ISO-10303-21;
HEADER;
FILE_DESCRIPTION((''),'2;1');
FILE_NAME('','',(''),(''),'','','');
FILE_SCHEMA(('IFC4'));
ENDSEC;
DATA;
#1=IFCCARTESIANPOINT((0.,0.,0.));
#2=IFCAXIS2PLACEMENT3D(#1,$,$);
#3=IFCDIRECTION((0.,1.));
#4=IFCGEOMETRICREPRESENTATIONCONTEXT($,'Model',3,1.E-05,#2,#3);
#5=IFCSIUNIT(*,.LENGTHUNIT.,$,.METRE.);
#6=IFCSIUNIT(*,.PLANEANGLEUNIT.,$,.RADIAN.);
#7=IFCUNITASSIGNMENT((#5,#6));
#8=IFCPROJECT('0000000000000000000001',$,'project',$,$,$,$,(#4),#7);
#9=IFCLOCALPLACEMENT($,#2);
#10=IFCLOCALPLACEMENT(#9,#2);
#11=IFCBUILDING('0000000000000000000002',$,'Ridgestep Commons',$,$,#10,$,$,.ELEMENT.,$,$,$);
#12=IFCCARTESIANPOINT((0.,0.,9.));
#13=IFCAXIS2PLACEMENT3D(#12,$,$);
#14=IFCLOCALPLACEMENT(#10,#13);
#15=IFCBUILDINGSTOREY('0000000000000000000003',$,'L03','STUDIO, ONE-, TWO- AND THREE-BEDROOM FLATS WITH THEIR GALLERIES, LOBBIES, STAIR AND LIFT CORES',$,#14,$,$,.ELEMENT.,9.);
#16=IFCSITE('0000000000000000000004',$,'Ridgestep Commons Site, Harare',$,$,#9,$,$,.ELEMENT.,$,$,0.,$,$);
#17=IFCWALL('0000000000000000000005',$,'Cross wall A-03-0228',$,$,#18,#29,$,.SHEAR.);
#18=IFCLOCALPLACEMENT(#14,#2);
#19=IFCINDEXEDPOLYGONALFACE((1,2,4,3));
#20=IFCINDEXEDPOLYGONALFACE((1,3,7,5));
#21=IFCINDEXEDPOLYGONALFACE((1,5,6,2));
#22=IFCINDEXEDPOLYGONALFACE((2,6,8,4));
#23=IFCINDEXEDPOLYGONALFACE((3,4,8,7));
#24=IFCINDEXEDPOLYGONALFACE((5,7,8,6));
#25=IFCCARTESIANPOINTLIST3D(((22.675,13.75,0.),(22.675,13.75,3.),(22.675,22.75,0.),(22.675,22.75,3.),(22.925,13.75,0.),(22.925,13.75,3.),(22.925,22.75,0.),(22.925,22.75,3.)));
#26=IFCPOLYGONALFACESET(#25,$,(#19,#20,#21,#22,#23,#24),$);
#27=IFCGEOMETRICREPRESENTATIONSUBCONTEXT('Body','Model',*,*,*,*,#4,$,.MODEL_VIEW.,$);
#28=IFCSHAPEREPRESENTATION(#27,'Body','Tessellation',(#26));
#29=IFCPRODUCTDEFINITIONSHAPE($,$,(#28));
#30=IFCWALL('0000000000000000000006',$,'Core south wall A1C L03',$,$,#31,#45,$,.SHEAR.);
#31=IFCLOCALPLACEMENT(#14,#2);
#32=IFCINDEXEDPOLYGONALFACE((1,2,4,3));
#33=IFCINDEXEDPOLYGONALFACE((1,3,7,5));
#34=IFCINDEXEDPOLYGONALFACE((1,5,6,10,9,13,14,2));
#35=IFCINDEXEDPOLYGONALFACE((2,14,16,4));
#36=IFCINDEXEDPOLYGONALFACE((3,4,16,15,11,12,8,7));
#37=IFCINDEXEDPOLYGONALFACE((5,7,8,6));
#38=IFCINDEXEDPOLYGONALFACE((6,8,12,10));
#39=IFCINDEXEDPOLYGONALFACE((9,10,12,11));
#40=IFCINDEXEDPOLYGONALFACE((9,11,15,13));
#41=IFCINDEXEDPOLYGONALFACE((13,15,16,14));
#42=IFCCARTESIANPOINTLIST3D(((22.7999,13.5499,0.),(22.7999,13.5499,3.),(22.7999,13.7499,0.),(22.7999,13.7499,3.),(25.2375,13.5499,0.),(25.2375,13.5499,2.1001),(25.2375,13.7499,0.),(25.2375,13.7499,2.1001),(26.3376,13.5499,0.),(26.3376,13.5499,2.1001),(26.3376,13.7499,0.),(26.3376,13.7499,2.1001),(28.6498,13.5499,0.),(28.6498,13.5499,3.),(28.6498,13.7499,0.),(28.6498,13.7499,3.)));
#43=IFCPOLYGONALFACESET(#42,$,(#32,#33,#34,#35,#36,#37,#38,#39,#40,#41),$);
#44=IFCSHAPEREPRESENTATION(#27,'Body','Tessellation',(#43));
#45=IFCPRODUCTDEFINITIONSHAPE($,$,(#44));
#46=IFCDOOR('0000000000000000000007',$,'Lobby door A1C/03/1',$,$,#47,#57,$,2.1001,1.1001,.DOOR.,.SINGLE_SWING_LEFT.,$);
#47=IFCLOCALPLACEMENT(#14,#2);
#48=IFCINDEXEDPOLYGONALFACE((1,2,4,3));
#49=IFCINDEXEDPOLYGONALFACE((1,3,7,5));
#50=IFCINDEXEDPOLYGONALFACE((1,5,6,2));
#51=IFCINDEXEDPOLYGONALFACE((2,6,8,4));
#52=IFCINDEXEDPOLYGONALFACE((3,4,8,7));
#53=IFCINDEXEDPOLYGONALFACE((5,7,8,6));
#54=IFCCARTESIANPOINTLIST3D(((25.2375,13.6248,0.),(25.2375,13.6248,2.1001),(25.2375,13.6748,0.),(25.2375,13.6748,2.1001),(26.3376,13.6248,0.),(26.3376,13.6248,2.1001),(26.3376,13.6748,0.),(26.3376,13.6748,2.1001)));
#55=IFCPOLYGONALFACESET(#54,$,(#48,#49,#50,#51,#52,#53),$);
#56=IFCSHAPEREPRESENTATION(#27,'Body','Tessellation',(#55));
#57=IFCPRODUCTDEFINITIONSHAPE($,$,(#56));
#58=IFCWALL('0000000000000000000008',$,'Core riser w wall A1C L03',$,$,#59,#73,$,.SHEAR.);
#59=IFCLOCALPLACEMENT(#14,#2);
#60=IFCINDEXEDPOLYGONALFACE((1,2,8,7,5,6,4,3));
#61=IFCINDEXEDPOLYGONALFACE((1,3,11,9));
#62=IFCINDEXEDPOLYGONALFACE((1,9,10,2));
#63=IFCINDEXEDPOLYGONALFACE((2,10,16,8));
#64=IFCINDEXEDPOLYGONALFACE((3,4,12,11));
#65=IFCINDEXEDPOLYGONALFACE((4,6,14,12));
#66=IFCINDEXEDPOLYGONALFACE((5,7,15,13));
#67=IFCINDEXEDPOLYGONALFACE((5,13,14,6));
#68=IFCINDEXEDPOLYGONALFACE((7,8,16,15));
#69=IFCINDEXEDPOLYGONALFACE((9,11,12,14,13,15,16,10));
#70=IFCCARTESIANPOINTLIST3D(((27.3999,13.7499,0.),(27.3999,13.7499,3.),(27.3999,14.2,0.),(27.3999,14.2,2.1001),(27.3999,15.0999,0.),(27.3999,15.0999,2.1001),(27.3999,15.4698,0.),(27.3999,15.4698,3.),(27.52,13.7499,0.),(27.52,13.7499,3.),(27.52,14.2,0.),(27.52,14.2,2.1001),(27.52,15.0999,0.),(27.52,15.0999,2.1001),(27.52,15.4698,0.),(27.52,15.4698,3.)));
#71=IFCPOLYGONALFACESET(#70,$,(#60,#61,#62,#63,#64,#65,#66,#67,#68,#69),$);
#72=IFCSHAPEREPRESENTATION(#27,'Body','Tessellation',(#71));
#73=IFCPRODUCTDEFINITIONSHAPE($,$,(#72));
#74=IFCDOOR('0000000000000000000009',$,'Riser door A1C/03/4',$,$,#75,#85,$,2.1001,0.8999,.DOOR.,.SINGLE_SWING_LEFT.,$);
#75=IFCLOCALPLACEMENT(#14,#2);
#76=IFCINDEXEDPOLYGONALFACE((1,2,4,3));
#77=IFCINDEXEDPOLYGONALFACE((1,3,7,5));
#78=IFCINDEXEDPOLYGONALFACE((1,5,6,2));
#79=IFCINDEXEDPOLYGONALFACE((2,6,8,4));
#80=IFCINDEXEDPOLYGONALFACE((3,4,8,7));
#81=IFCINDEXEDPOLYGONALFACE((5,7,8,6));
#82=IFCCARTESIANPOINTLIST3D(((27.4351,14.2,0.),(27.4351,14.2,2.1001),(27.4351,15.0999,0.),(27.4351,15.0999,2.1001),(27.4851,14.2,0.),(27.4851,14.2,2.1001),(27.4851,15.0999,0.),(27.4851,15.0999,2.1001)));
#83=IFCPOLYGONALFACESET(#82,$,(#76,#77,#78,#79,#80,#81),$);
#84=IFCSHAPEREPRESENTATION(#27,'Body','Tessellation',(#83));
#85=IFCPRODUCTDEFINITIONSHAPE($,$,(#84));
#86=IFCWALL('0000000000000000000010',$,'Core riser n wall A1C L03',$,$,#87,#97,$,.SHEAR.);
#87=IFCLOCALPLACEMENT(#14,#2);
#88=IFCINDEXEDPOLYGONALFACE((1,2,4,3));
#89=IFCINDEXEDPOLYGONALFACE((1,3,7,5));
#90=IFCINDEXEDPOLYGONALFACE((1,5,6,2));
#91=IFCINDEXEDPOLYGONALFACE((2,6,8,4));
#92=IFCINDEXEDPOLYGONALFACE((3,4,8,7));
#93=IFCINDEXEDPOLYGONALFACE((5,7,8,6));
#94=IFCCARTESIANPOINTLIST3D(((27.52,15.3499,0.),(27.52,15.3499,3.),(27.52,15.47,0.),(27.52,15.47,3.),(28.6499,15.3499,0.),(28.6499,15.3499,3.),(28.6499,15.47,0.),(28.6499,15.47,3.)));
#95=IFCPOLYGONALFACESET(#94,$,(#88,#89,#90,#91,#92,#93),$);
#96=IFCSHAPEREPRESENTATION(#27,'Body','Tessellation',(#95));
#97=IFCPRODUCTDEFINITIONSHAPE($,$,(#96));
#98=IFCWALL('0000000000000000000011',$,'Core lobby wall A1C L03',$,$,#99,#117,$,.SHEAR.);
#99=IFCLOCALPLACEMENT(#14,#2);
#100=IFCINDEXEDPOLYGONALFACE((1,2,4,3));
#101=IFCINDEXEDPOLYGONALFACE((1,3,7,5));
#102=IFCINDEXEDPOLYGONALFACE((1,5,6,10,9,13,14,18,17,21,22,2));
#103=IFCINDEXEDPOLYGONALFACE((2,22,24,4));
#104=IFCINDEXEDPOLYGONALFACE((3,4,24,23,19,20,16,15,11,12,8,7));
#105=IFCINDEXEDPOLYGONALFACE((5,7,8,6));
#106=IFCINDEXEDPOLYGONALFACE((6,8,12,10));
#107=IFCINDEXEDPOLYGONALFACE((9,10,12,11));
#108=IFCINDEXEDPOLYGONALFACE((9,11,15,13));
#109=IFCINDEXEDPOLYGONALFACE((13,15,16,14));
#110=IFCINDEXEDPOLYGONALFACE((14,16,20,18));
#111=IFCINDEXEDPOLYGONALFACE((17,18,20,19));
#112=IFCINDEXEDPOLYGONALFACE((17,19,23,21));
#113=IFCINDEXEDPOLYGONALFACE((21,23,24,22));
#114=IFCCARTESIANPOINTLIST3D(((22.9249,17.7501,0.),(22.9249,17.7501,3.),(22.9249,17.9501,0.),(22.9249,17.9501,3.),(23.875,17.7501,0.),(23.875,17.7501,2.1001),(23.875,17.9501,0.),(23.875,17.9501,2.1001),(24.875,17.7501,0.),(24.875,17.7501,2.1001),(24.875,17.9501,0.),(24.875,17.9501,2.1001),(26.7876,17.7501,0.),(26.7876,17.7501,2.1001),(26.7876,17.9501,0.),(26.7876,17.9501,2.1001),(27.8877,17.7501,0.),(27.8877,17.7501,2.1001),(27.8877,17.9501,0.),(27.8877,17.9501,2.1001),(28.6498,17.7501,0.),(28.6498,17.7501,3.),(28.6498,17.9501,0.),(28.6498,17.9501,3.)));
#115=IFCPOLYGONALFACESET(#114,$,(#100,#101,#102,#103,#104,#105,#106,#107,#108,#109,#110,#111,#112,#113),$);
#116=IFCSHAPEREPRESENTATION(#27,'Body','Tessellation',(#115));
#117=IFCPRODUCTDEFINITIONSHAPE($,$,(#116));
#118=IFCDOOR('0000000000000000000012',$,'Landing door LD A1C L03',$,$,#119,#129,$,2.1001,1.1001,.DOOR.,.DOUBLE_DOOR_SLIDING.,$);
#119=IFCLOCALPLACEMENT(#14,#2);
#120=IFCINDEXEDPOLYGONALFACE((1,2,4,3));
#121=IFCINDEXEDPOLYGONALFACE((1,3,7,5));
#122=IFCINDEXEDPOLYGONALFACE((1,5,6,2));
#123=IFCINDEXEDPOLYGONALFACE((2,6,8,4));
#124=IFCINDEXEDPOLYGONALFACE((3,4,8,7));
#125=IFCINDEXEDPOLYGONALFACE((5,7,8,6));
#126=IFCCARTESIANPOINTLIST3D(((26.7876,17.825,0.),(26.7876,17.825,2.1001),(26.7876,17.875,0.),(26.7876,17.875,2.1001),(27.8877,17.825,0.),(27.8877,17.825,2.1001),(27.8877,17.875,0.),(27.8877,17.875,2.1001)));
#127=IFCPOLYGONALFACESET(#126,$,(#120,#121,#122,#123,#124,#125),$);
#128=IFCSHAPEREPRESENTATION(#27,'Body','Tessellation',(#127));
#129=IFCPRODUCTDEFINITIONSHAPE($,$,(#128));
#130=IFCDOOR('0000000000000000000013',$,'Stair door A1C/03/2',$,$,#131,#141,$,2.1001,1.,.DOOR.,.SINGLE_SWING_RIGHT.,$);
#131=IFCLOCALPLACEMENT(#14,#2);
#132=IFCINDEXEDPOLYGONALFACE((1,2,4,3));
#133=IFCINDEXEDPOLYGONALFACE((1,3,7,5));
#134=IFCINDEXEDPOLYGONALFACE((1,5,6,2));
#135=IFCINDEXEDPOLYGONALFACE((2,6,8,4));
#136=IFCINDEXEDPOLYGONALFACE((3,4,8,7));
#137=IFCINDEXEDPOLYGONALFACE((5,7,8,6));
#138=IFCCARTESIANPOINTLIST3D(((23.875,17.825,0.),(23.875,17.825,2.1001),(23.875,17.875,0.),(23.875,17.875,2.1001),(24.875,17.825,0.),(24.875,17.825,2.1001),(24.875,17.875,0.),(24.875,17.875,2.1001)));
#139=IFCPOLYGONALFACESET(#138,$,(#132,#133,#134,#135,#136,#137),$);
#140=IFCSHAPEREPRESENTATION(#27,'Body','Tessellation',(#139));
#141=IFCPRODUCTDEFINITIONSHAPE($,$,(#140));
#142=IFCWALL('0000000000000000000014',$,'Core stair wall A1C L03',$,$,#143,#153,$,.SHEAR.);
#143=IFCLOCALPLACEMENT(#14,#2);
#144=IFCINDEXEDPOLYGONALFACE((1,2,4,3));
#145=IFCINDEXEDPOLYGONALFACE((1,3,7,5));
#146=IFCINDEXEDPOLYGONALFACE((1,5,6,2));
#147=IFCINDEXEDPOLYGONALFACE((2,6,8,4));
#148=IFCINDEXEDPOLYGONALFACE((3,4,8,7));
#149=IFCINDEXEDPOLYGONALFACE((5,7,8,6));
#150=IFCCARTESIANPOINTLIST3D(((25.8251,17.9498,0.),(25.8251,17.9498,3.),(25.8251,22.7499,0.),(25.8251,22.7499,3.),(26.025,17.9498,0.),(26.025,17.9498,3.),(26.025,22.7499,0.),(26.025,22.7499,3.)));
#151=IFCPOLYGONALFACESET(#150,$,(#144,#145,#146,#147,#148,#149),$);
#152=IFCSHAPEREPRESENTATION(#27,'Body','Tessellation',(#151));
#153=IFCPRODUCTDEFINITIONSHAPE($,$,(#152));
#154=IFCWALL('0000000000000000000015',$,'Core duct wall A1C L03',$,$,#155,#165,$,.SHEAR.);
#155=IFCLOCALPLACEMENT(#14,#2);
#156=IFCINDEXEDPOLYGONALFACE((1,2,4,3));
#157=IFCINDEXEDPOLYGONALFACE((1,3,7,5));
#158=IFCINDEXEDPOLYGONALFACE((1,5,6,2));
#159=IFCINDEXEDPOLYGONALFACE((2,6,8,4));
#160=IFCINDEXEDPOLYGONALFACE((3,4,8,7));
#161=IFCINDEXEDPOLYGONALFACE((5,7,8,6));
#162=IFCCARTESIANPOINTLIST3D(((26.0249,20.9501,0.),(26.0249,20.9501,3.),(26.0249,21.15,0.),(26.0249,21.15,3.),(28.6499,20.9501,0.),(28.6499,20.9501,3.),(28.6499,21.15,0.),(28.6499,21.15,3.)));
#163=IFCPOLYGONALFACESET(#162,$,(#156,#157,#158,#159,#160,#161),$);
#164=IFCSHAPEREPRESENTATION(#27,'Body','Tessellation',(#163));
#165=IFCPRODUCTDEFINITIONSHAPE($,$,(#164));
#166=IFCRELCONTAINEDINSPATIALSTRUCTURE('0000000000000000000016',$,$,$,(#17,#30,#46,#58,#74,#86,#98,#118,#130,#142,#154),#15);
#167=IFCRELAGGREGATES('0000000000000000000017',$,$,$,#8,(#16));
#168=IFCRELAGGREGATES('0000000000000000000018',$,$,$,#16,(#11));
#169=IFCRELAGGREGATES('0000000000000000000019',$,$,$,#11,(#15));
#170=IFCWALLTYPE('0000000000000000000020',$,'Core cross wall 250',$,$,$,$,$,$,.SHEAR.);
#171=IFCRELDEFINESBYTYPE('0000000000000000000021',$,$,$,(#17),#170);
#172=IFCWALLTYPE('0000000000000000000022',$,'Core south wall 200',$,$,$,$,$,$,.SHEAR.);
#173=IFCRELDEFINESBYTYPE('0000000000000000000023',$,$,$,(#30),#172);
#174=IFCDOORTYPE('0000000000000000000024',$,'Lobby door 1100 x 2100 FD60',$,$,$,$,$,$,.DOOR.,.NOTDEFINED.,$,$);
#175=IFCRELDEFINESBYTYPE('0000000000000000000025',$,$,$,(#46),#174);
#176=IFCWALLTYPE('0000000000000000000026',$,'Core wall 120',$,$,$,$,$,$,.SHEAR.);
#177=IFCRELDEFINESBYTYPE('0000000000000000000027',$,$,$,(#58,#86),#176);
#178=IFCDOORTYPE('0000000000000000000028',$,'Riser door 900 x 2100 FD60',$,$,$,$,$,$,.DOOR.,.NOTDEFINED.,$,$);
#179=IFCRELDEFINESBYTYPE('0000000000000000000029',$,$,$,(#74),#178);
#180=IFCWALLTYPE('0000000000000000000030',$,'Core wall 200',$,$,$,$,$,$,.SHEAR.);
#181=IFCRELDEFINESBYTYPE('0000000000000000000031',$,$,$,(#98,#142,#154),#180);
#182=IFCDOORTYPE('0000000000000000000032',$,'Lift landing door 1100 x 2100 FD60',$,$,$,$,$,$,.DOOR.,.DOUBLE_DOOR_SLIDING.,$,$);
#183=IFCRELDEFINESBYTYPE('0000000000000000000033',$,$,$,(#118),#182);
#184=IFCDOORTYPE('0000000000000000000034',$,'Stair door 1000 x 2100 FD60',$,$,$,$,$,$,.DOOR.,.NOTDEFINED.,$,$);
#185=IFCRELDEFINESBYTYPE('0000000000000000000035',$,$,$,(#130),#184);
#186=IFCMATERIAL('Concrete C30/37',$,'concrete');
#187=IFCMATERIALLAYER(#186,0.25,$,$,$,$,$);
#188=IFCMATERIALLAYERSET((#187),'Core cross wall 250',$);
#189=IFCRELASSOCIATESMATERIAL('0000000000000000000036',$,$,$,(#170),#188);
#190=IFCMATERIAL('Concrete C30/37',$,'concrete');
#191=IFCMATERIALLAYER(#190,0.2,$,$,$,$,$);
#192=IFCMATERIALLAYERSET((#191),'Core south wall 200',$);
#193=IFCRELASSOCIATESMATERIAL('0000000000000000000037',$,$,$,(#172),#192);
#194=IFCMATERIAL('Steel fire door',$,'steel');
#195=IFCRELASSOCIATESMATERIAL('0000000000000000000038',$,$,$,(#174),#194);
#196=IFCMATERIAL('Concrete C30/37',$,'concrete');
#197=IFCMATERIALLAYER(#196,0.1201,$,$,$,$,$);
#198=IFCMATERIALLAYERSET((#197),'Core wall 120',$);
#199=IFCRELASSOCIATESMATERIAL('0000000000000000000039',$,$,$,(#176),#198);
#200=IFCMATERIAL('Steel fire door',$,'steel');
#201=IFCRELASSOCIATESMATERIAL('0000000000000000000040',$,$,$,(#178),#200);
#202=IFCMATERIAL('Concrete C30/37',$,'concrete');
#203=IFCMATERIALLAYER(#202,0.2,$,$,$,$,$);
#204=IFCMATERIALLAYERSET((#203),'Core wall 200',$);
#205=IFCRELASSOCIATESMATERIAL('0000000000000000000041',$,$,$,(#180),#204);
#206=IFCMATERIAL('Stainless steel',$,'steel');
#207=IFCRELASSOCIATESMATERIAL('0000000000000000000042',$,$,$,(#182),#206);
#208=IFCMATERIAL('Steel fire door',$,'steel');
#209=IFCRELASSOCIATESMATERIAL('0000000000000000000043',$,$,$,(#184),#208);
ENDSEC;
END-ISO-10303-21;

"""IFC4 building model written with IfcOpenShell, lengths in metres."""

from ifc_helpers import new_model, si_unit, direction, frame, frame_2d, origin, place, context, subcontext, project, spatial, rectangle, extrude, material, layer, layer_set, type_object, element, fill, save


model = new_model("IFC4")

# Units and contexts
model_context = context("Model", 3, precision=1e-05, world=origin(), true_north=direction((0.0, 1.0)))
body_context = subcontext(model_context, "Body", "Model", "MODEL_VIEW")
ifc_project = project(units=[si_unit("LENGTHUNIT", "METRE"), si_unit("PLANEANGLEUNIT", "RADIAN")], contexts=[model_context])

# Site, building, storey
site_placement = place(None, origin())
site = spatial("IfcSite", under=ifc_project, at=site_placement, Name="Ridgestep Commons Site, Harare", CompositionType="ELEMENT", RefElevation=0.0)
building_placement = place(site_placement, origin())
building = spatial("IfcBuilding", under=site, at=building_placement, Name="Ridgestep Commons", CompositionType="ELEMENT")
storey_placement = place(building_placement, frame((0.0, 0.0, 9.0)))
storey = spatial("IfcBuildingStorey", under=building, at=storey_placement, Name="L03", Description="STUDIO, ONE-, TWO- AND THREE-BEDROOM FLATS WITH THEIR GALLERIES, LOBBIES, STAIR AND LIFT CORES", CompositionType="ELEMENT", Elevation=9.0)

# Wall
ifc_material_1 = material(Name="Concrete C30/37", Category="concrete")
ifc_layer_1 = layer(ifc_material_1, 0.25)
ifc_layer_set_1 = layer_set([ifc_layer_1], Name="Core cross wall 250")
wall_type_1 = type_object("IfcWallType", Name="Core cross wall 250", PredefinedType="SHEAR", material=ifc_layer_set_1)
wall_1_placement = place(storey_placement, frame((22.8, 13.75, 0.0), z_axis=(0.0, 0.0, 1.0), x_axis=(0.0, 1.0, 0.0)))
element("IfcWall", 1, at=wall_1_placement, inside=storey, type_object=wall_type_1, Name="Cross wall A-03-0228", PredefinedType="SHEAR", context=body_context, shape_type="SweptSolid", body=[
    extrude(rectangle(XDim=9.0, YDim=0.25, at=frame_2d((4.5, 0.0))), origin(), (0.0, 0.0, 1.0), 3.0),
])

# Walls, openings, doors
ifc_material_2 = material(Name="Concrete C30/37", Category="concrete")
ifc_layer_2 = layer(ifc_material_2, 0.2)
ifc_layer_set_2 = layer_set([ifc_layer_2], Name="Core south wall 200")
wall_type_2 = type_object("IfcWallType", Name="Core south wall 200", PredefinedType="SHEAR", material=ifc_layer_set_2)
wall_2_placement = place(storey_placement, frame((22.8, 13.6499, 0.0), z_axis=(0.0, 0.0, 1.0), x_axis=(1.0, 0.0, 0.0)))
wall_2 = element("IfcWall", 2, at=wall_2_placement, inside=storey, type_object=wall_type_2, Name="Core south wall A1C L03", PredefinedType="SHEAR", context=body_context, shape_type="SweptSolid", body=[
    extrude(rectangle(XDim=5.8499, YDim=0.2, at=frame_2d((2.9248, 0.0))), origin(), (0.0, 0.0, 1.0), 3.0),
])
opening_1_placement = place(wall_2_placement, frame((2.4375, 0.0, 0.0)))
opening_1 = element("IfcOpeningElement", 3, at=opening_1_placement, cuts=wall_2, PredefinedType="OPENING", context=body_context, shape_type="SweptSolid", body=[
    extrude(rectangle(XDim=1.1001, YDim=2.1001, at=frame_2d((0.55, 1.05))), frame((0.0, 0.1099, 0.0), z_axis=(0.0, -1.0, 0.0), x_axis=(1.0, 0.0, 0.0)), (0.0, 0.0, 1.0), 0.22),
])
ifc_material_3 = material(Name="Steel fire door", Category="steel")
door_type_1 = type_object("IfcDoorType", Name="Lobby door 1100 x 2100 FD60", OperationType="NOTDEFINED", PredefinedType="DOOR", material=ifc_material_3)
door_1_placement = place(opening_1_placement, origin())
door_1 = element("IfcDoor", 4, at=door_1_placement, inside=storey, type_object=door_type_1, Name="Lobby door A1C/03/1", OperationType="SINGLE_SWING_LEFT", OverallHeight=2.1001, OverallWidth=1.1001, PredefinedType="DOOR", context=body_context, shape_type="SweptSolid", body=[
    extrude(rectangle(XDim=1.1001, YDim=2.1001, at=frame_2d((0.55, 1.05))), frame((0.0, 0.0249, 0.0), z_axis=(0.0, -1.0, 0.0), x_axis=(1.0, 0.0, 0.0)), (0.0, 0.0, 1.0), 0.05),
])
fill(opening_1, door_1)
ifc_material_4 = material(Name="Concrete C30/37", Category="concrete")
ifc_layer_3 = layer(ifc_material_4, 0.1201)
ifc_layer_set_3 = layer_set([ifc_layer_3], Name="Core wall 120")
wall_type_3 = type_object("IfcWallType", Name="Core wall 120", PredefinedType="SHEAR", material=ifc_layer_set_3)
wall_3_placement = place(storey_placement, frame((27.46, 13.75, 0.0), z_axis=(0.0, 0.0, 1.0), x_axis=(0.0, 1.0, 0.0)))
wall_3 = element("IfcWall", 5, at=wall_3_placement, inside=storey, type_object=wall_type_3, Name="Core riser w wall A1C L03", PredefinedType="SHEAR", context=body_context, shape_type="SweptSolid", body=[
    extrude(rectangle(XDim=1.72, YDim=0.1201, at=frame_2d((0.8599, 0.0))), origin(), (0.0, 0.0, 1.0), 3.0),
])
opening_2_placement = place(wall_3_placement, frame((0.45, 0.0, 0.0)))
opening_2 = element("IfcOpeningElement", 6, at=opening_2_placement, cuts=wall_3, PredefinedType="OPENING", context=body_context, shape_type="SweptSolid", body=[
    extrude(rectangle(XDim=0.8999, YDim=2.1001, at=frame_2d((0.45, 1.05))), frame((0.0, 0.0701, 0.0), z_axis=(0.0, -1.0, 0.0), x_axis=(1.0, 0.0, 0.0)), (0.0, 0.0, 1.0), 0.1401),
])
ifc_material_5 = material(Name="Steel fire door", Category="steel")
door_type_2 = type_object("IfcDoorType", Name="Riser door 900 x 2100 FD60", OperationType="NOTDEFINED", PredefinedType="DOOR", material=ifc_material_5)
door_2_placement = place(opening_2_placement, origin())
door_2 = element("IfcDoor", 7, at=door_2_placement, inside=storey, type_object=door_type_2, Name="Riser door A1C/03/4", OperationType="SINGLE_SWING_LEFT", OverallHeight=2.1001, OverallWidth=0.8999, PredefinedType="DOOR", context=body_context, shape_type="SweptSolid", body=[
    extrude(rectangle(XDim=0.8999, YDim=2.1001, at=frame_2d((0.45, 1.05))), frame((0.0, 0.0249, 0.0), z_axis=(0.0, -1.0, 0.0), x_axis=(1.0, 0.0, 0.0)), (0.0, 0.0, 1.0), 0.05),
])
fill(opening_2, door_2)

# Wall
wall_4_placement = place(storey_placement, frame((27.52, 15.4099, 0.0), z_axis=(0.0, 0.0, 1.0), x_axis=(1.0, 0.0, 0.0)))
element("IfcWall", 8, at=wall_4_placement, inside=storey, type_object=wall_type_3, Name="Core riser n wall A1C L03", PredefinedType="SHEAR", context=body_context, shape_type="SweptSolid", body=[
    extrude(rectangle(XDim=1.1299, YDim=0.1201, at=frame_2d((0.5649, 0.0))), origin(), (0.0, 0.0, 1.0), 3.0),
])

# Wall, openings, doors
ifc_material_6 = material(Name="Concrete C30/37", Category="concrete")
ifc_layer_4 = layer(ifc_material_6, 0.2)
ifc_layer_set_4 = layer_set([ifc_layer_4], Name="Core wall 200")
wall_type_4 = type_object("IfcWallType", Name="Core wall 200", PredefinedType="SHEAR", material=ifc_layer_set_4)
wall_5_placement = place(storey_placement, frame((22.925, 17.8501, 0.0), z_axis=(0.0, 0.0, 1.0), x_axis=(1.0, 0.0, 0.0)))
wall_5 = element("IfcWall", 9, at=wall_5_placement, inside=storey, type_object=wall_type_4, Name="Core lobby wall A1C L03", PredefinedType="SHEAR", context=body_context, shape_type="SweptSolid", body=[
    extrude(rectangle(XDim=5.7249, YDim=0.2, at=frame_2d((2.8623, 0.0))), origin(), (0.0, 0.0, 1.0), 3.0),
])
opening_3_placement = place(wall_5_placement, frame((0.95, 0.0, 0.0)))
opening_3 = element("IfcOpeningElement", 10, at=opening_3_placement, cuts=wall_5, PredefinedType="OPENING", context=body_context, shape_type="SweptSolid", body=[
    extrude(rectangle(XDim=1.0, YDim=2.1001, at=frame_2d((0.5, 1.05))), frame((0.0, 0.1099, 0.0), z_axis=(0.0, -1.0, 0.0), x_axis=(1.0, 0.0, 0.0)), (0.0, 0.0, 1.0), 0.22),
])
opening_4_placement = place(wall_5_placement, frame((3.8625, 0.0, 0.0)))
opening_4 = element("IfcOpeningElement", 11, at=opening_4_placement, cuts=wall_5, PredefinedType="OPENING", context=body_context, shape_type="SweptSolid", body=[
    extrude(rectangle(XDim=1.1001, YDim=2.1001, at=frame_2d((0.55, 1.05))), frame((0.0, 0.1099, 0.0), z_axis=(0.0, -1.0, 0.0), x_axis=(1.0, 0.0, 0.0)), (0.0, 0.0, 1.0), 0.22),
])
ifc_material_7 = material(Name="Stainless steel", Category="steel")
door_type_3 = type_object("IfcDoorType", Name="Lift landing door 1100 x 2100 FD60", OperationType="DOUBLE_DOOR_SLIDING", PredefinedType="DOOR", material=ifc_material_7)
door_3_placement = place(opening_4_placement, origin())
door_3 = element("IfcDoor", 12, at=door_3_placement, inside=storey, type_object=door_type_3, Name="Landing door LD A1C L03", OperationType="DOUBLE_DOOR_SLIDING", OverallHeight=2.1001, OverallWidth=1.1001, PredefinedType="DOOR", context=body_context, shape_type="SweptSolid", body=[
    extrude(rectangle(XDim=1.1001, YDim=2.1001, at=frame_2d((0.55, 1.05))), frame((0.0, 0.0249, 0.0), z_axis=(0.0, -1.0, 0.0), x_axis=(1.0, 0.0, 0.0)), (0.0, 0.0, 1.0), 0.05),
])
fill(opening_4, door_3)
ifc_material_8 = material(Name="Steel fire door", Category="steel")
door_type_4 = type_object("IfcDoorType", Name="Stair door 1000 x 2100 FD60", OperationType="NOTDEFINED", PredefinedType="DOOR", material=ifc_material_8)
door_4_placement = place(opening_3_placement, origin())
door_4 = element("IfcDoor", 13, at=door_4_placement, inside=storey, type_object=door_type_4, Name="Stair door A1C/03/2", OperationType="SINGLE_SWING_RIGHT", OverallHeight=2.1001, OverallWidth=1.0, PredefinedType="DOOR", context=body_context, shape_type="SweptSolid", body=[
    extrude(rectangle(XDim=1.0, YDim=2.1001, at=frame_2d((0.5, 1.05))), frame((0.0, 0.0249, 0.0), z_axis=(0.0, -1.0, 0.0), x_axis=(1.0, 0.0, 0.0)), (0.0, 0.0, 1.0), 0.05),
])
fill(opening_3, door_4)

# Walls
wall_6_placement = place(storey_placement, frame((25.925, 17.95, 0.0), z_axis=(0.0, 0.0, 1.0), x_axis=(0.0, 1.0, 0.0)))
element("IfcWall", 14, at=wall_6_placement, inside=storey, type_object=wall_type_4, Name="Core stair wall A1C L03", PredefinedType="SHEAR", context=body_context, shape_type="SweptSolid", body=[
    extrude(rectangle(XDim=4.8, YDim=0.2, at=frame_2d((2.3999, 0.0))), origin(), (0.0, 0.0, 1.0), 3.0),
])
wall_7_placement = place(storey_placement, frame((26.0249, 21.05, 0.0), z_axis=(0.0, 0.0, 1.0), x_axis=(1.0, 0.0, 0.0)))
element("IfcWall", 15, at=wall_7_placement, inside=storey, type_object=wall_type_4, Name="Core duct wall A1C L03", PredefinedType="SHEAR", context=body_context, shape_type="SweptSolid", body=[
    extrude(rectangle(XDim=2.625, YDim=0.2, at=frame_2d((1.3125, 0.0))), origin(), (0.0, 0.0, 1.0), 3.0),
])

save(model, "model.ifc")
